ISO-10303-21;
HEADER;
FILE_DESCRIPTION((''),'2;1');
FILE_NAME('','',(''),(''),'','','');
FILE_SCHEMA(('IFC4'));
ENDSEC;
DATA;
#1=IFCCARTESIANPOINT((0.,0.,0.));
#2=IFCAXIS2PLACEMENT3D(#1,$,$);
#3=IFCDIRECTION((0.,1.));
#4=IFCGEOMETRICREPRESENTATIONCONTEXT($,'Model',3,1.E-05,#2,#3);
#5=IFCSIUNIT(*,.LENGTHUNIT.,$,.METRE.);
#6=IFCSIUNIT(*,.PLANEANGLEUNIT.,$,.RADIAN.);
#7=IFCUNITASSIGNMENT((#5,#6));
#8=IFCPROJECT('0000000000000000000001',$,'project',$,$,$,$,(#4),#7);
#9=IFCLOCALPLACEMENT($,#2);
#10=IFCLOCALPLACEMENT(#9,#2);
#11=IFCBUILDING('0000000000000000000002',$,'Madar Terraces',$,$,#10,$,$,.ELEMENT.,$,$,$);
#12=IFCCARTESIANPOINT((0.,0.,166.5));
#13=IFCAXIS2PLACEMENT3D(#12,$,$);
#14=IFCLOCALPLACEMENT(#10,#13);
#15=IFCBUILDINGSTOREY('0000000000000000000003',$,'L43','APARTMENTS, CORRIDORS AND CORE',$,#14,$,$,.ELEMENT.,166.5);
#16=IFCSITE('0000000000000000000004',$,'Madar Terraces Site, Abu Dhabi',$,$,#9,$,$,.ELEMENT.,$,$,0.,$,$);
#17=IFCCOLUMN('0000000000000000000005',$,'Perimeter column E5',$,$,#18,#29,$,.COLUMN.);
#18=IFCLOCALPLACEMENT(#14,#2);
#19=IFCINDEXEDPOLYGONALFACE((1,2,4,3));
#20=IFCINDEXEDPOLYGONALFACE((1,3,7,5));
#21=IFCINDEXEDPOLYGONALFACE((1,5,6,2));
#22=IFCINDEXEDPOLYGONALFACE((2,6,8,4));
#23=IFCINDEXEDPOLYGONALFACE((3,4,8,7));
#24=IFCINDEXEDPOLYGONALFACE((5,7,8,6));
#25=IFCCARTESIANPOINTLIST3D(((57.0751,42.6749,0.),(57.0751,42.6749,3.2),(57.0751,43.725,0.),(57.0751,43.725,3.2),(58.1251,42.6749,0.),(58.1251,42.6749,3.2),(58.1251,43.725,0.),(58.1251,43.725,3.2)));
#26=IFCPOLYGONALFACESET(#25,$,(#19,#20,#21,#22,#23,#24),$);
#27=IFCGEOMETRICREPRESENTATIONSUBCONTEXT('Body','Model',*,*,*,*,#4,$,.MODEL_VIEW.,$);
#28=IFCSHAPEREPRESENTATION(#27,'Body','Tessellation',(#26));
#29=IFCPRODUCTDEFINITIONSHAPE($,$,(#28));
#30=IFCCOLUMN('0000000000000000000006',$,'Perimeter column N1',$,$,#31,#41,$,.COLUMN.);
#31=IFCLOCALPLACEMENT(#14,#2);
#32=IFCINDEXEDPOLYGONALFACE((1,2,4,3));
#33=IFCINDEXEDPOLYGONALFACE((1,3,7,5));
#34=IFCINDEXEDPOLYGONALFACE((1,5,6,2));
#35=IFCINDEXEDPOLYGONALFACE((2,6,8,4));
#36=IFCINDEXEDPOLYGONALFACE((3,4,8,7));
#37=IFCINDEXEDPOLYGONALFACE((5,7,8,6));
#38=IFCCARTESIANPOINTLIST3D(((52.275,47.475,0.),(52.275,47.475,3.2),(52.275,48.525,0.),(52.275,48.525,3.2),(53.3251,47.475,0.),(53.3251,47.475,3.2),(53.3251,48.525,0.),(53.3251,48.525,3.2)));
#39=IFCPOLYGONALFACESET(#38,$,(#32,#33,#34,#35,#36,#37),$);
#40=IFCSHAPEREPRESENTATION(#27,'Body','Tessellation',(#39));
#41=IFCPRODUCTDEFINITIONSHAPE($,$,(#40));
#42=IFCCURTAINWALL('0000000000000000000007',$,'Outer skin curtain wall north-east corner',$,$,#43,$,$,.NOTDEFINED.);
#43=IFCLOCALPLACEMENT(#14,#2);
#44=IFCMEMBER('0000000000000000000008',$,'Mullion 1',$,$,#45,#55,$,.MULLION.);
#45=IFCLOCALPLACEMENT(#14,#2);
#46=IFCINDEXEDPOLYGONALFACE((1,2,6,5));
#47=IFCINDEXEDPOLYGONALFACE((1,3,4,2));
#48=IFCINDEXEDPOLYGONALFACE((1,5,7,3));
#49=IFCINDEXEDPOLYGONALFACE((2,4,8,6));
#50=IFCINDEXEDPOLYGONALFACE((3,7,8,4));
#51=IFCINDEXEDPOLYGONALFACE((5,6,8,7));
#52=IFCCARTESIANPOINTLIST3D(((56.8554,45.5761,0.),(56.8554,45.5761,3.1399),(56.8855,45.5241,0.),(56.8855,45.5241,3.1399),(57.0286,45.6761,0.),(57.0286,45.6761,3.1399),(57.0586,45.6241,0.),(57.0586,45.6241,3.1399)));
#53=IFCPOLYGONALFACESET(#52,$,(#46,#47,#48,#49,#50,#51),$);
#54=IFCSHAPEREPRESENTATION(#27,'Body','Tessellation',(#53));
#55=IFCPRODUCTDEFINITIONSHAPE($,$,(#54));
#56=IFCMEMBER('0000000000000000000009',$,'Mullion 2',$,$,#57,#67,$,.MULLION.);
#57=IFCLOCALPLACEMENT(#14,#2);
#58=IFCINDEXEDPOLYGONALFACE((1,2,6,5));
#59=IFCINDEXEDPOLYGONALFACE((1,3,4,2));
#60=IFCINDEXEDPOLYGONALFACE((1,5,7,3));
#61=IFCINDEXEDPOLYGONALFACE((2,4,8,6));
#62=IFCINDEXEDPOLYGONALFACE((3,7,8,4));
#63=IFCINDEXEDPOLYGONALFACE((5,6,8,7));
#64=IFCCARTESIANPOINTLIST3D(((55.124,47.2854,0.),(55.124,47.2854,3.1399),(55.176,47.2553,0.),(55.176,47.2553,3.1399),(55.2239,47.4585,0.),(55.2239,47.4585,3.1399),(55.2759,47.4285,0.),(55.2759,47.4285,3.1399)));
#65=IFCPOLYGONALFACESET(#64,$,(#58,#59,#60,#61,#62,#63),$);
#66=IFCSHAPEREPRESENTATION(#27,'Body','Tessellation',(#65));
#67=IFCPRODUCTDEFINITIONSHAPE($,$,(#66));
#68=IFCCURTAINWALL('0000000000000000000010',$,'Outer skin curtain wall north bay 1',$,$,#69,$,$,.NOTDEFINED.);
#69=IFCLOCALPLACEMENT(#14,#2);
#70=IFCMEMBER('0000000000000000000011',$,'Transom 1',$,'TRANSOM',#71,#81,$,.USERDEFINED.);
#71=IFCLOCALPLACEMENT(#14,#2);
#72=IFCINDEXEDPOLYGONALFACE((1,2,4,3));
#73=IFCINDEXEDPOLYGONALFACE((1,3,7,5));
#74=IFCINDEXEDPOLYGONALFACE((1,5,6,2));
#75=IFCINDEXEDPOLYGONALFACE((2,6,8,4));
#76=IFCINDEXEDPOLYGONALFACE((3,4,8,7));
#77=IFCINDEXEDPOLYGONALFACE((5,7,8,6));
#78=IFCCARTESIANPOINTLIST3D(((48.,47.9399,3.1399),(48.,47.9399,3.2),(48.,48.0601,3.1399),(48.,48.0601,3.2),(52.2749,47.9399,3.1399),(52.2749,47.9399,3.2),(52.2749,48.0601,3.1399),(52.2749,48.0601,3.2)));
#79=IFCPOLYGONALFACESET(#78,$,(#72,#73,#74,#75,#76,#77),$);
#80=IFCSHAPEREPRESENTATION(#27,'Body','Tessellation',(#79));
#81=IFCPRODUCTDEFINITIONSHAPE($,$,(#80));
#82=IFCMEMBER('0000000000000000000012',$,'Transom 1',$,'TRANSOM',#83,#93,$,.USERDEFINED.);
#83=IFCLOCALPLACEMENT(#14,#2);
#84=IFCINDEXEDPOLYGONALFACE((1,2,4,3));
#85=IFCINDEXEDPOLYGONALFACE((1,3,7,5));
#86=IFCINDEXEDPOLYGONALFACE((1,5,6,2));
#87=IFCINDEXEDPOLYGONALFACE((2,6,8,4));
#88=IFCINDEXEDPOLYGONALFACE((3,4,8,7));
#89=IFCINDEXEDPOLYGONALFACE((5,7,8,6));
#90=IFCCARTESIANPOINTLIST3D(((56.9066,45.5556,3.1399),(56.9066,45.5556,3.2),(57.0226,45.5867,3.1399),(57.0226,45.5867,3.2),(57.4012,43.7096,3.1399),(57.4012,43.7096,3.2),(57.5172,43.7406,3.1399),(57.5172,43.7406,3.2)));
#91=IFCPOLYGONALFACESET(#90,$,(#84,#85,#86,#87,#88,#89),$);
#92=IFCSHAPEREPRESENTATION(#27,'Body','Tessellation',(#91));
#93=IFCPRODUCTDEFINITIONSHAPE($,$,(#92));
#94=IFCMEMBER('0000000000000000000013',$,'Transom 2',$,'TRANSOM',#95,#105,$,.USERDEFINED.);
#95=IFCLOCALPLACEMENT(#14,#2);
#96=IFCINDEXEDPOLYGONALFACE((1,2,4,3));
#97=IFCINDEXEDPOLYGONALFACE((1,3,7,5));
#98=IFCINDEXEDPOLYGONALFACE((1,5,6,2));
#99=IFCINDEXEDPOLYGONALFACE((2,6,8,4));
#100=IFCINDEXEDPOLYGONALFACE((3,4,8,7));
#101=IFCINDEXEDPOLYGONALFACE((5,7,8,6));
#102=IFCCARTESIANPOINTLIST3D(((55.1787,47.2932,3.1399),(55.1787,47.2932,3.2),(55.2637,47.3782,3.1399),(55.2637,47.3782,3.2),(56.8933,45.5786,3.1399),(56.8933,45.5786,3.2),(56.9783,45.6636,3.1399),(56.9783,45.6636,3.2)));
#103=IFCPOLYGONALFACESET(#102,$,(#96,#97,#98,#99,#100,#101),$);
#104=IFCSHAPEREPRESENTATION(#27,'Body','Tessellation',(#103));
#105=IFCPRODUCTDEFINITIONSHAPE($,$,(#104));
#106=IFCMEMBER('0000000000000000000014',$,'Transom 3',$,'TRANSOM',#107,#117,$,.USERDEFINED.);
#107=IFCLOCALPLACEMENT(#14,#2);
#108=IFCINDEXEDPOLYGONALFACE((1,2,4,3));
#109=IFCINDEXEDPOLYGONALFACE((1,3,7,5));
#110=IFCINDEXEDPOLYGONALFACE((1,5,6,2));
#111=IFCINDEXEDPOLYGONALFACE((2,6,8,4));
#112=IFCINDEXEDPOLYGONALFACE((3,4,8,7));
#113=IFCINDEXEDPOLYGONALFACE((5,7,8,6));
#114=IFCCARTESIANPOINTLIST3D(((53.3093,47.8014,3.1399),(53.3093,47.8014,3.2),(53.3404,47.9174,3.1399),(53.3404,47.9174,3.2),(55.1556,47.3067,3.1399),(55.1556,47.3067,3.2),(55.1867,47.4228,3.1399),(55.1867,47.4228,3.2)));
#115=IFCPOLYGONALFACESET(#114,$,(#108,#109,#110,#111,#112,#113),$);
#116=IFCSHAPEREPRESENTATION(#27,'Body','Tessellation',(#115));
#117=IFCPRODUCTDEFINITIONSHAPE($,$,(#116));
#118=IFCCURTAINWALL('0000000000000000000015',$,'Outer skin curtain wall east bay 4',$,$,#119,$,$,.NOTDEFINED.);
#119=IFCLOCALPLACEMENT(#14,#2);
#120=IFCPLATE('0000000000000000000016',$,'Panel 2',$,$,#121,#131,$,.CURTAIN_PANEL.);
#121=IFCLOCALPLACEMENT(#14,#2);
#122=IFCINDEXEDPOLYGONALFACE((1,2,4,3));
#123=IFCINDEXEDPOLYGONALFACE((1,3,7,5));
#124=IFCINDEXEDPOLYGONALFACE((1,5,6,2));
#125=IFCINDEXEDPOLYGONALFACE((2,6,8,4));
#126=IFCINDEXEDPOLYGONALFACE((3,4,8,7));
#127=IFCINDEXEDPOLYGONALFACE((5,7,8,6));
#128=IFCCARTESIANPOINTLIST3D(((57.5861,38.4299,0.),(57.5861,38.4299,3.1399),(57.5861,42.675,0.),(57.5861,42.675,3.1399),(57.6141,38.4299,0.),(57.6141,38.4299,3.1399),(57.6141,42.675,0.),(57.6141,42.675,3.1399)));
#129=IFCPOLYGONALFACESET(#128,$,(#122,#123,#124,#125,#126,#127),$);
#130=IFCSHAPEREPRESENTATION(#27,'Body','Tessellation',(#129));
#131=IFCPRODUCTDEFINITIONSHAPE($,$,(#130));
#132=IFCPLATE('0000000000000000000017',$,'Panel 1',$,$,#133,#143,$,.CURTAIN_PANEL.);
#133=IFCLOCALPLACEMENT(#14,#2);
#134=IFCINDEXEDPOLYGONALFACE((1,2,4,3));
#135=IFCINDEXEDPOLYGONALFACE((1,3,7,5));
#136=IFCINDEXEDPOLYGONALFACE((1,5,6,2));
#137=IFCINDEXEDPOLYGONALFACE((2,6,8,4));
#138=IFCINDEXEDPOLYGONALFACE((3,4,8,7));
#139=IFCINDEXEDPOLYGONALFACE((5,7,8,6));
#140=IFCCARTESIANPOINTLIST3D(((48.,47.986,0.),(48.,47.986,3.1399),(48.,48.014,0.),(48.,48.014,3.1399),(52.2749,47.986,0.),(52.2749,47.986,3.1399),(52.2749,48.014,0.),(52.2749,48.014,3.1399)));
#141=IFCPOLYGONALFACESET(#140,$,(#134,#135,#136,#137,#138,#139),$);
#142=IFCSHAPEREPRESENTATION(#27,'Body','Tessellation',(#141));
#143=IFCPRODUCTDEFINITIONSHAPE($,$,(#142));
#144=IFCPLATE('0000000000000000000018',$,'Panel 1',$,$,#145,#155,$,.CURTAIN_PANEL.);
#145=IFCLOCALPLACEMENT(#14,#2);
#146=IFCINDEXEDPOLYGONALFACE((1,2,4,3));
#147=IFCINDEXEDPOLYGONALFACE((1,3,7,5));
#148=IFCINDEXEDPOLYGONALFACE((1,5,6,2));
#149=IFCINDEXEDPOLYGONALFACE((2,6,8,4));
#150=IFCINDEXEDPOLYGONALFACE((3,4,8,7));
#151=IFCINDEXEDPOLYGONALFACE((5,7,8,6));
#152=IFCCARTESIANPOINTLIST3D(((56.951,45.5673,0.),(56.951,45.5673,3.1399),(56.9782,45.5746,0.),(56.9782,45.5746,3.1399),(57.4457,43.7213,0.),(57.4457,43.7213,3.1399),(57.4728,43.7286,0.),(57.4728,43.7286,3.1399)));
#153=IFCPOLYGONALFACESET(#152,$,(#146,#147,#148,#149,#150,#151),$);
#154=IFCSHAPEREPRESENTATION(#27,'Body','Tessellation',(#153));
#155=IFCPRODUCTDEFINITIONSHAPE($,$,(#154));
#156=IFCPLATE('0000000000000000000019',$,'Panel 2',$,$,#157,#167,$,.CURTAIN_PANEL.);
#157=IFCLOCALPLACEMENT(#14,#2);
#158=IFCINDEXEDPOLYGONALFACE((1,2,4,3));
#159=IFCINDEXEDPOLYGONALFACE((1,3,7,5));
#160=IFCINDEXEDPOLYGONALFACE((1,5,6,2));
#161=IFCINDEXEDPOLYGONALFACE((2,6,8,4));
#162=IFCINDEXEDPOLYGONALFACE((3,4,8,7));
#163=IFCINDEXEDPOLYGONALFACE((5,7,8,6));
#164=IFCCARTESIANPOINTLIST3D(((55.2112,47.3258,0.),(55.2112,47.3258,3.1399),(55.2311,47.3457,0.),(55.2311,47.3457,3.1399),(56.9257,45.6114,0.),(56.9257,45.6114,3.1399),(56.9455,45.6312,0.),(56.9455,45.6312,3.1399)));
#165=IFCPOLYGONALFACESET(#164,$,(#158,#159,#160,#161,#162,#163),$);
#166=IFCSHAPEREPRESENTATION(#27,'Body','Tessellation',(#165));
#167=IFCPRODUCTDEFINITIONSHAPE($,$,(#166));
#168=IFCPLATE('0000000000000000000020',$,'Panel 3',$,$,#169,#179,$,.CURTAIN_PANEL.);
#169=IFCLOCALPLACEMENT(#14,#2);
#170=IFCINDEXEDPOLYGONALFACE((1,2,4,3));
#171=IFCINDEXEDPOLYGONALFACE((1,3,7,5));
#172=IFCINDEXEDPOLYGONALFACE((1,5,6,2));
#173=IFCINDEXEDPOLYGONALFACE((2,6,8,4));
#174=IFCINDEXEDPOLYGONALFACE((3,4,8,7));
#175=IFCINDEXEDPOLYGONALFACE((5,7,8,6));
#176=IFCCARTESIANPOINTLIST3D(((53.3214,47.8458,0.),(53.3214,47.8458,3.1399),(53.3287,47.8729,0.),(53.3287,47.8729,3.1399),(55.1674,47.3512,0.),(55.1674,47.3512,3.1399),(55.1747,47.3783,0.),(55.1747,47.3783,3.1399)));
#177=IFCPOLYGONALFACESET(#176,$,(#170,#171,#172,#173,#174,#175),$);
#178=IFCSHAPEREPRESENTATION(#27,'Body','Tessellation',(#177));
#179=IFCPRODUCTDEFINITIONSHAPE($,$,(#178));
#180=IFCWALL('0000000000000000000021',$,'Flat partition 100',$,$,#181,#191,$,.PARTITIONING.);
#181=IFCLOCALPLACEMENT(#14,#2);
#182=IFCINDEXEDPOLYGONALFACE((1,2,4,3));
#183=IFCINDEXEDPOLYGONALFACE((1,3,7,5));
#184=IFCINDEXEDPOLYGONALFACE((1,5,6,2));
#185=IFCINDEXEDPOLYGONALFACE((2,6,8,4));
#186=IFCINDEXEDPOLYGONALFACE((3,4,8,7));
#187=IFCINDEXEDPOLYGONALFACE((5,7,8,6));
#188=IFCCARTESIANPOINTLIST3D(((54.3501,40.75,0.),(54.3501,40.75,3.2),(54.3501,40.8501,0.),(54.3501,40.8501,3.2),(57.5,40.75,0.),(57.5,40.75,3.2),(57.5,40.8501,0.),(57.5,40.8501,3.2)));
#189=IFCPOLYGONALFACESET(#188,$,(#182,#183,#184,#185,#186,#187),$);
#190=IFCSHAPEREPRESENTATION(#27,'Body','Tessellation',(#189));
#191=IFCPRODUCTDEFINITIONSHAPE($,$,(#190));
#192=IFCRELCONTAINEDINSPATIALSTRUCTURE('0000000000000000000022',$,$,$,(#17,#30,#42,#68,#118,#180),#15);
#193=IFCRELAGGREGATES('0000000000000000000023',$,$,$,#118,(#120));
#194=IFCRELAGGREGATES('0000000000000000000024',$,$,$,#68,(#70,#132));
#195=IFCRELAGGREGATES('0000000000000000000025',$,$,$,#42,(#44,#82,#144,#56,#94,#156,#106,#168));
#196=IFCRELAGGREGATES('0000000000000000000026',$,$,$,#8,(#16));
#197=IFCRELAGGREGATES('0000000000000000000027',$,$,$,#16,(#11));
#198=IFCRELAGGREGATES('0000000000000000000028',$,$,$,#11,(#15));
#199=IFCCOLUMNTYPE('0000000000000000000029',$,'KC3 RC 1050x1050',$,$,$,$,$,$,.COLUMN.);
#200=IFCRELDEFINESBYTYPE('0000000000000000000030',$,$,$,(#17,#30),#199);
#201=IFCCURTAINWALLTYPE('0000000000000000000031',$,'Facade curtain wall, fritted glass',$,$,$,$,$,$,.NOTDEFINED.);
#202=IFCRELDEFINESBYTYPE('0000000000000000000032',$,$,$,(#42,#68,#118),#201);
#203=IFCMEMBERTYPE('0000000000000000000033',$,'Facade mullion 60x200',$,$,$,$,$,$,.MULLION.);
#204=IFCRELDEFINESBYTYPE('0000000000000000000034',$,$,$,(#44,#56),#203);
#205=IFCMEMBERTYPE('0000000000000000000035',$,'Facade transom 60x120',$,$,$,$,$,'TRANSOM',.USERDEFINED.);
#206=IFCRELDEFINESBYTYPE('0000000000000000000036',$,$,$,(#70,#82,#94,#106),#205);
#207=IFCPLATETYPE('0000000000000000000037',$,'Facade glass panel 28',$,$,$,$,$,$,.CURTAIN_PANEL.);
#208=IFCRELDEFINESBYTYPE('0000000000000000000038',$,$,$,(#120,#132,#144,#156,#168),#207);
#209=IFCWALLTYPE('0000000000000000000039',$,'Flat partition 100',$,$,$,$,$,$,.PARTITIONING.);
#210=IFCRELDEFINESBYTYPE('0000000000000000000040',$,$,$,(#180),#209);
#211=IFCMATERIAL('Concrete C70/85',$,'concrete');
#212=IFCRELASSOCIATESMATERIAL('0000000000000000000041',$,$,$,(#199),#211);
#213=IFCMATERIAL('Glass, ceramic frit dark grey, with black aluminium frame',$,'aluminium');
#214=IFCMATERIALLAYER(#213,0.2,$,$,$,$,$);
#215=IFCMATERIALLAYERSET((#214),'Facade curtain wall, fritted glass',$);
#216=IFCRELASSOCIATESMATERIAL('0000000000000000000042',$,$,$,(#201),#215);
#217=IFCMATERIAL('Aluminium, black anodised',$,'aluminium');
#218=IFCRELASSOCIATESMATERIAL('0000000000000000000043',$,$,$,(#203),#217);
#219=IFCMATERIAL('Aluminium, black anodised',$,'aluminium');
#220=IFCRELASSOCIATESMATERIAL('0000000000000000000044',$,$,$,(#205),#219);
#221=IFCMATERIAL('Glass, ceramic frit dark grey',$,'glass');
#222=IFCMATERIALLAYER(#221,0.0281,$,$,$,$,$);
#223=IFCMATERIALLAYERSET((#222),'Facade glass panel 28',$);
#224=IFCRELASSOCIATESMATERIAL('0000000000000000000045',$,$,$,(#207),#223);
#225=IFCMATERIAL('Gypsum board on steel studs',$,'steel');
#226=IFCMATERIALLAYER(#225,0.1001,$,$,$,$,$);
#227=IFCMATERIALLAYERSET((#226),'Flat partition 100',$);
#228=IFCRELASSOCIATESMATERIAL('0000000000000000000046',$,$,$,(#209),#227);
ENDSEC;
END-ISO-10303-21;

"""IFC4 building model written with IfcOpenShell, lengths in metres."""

from ifc_helpers import new_model, si_unit, direction, frame, frame_2d, origin, origin_2d, place, context, subcontext, project, spatial, rectangle, extrude, material, layer, layer_set, material_profile, profile_set, type_object, element, aggregate, save


model = new_model("IFC4")

# Units and contexts
model_context = context("Model", 3, precision=1e-05, world=origin(), true_north=direction((0.0, 1.0)))
body_context = subcontext(model_context, "Body", "Model", "MODEL_VIEW")
ifc_project = project(units=[si_unit("LENGTHUNIT", "METRE"), si_unit("PLANEANGLEUNIT", "RADIAN")], contexts=[model_context])

# Site, building, storey
site_placement = place(None, origin())
site = spatial("IfcSite", under=ifc_project, at=site_placement, Name="Madar Terraces Site, Abu Dhabi", CompositionType="ELEMENT", RefElevation=0.0)
building_placement = place(site_placement, origin())
building = spatial("IfcBuilding", under=site, at=building_placement, Name="Madar Terraces", CompositionType="ELEMENT")
storey_placement = place(building_placement, frame((0.0, 0.0, 166.5)))
storey = spatial("IfcBuildingStorey", under=building, at=storey_placement, Name="L43", Description="APARTMENTS, CORRIDORS AND CORE", CompositionType="ELEMENT", Elevation=166.5)

# Columns
ifc_material_1 = material(Name="Concrete C70/85", Category="concrete")
ifc_material_profile_1 = material_profile(ifc_material_1, rectangle(XDim=1.05, YDim=1.05, at=origin_2d()), Name="KC3 RC 1050x1050")
ifc_profile_set_1 = profile_set([ifc_material_profile_1], Name="Concrete C70/85")
column_type = type_object("IfcColumnType", Name="KC3 RC 1050x1050", PredefinedType="COLUMN", material=ifc_profile_set_1)
for number, where, z_axis, x_axis, name in (
    (1, (57.6001, 43.2, 0.0), (0.0, 0.0, 1.0), (1.0, 0.0, 0.0), "Perimeter column E5"),
    (2, (52.8, 48.0, 0.0), (0.0, 0.0, 1.0), (1.0, 0.0, 0.0), "Perimeter column N1"),
):
    element("IfcColumn", number, at=place(storey_placement, frame(where, z_axis=z_axis, x_axis=x_axis)), inside=storey, type_object=column_type, Name=name, PredefinedType="COLUMN", context=body_context, shape_type="SweptSolid", body=[
        extrude(rectangle(XDim=1.05, YDim=1.05, at=origin_2d()), origin(), (0.0, 0.0, 1.0), 3.2),
    ])

# Curtain wall, members
ifc_material_2 = material(Name="Glass, ceramic frit dark grey, with black aluminium frame", Category="aluminium")
ifc_layer_1 = layer(ifc_material_2, 0.2)
ifc_layer_set_1 = layer_set([ifc_layer_1], Name="Facade curtain wall, fritted glass")
curtain_wall_type = type_object("IfcCurtainWallType", Name="Facade curtain wall, fritted glass", PredefinedType="NOTDEFINED", material=ifc_layer_set_1)
curtain_wall_1_placement = place(storey_placement, origin())
curtain_wall_1 = element("IfcCurtainWall", 3, at=curtain_wall_1_placement, inside=storey, type_object=curtain_wall_type, Name="Outer skin curtain wall north-east corner", PredefinedType="NOTDEFINED")
ifc_material_3 = material(Name="Aluminium, black anodised", Category="aluminium")
ifc_material_profile_2 = material_profile(ifc_material_3, rectangle(XDim=0.2, YDim=0.0601, at=origin_2d()), Name="Facade mullion 60x200")
ifc_profile_set_2 = profile_set([ifc_material_profile_2], Name="Aluminium, black anodised")
member_type_1 = type_object("IfcMemberType", Name="Facade mullion 60x200", PredefinedType="MULLION", material=ifc_profile_set_2)
member_1_placement = place(storey_placement, frame((56.957, 45.6001, 0.0), z_axis=(0.0, 0.0, 1.0), x_axis=(-0.866025, -0.5, 0.0)))
member_1 = element("IfcMember", 4, at=member_1_placement, type_object=member_type_1, Name="Mullion 1", PredefinedType="MULLION", context=body_context, shape_type="SweptSolid", body=[
    extrude(rectangle(XDim=0.2, YDim=0.0601, at=origin_2d()), origin(), (0.0, 0.0, 1.0), 3.1399),
])
member_2_placement = place(storey_placement, frame((55.2, 47.3569, 0.0), z_axis=(0.0, 0.0, 1.0), x_axis=(-0.5, -0.866025, 0.0)))
member_2 = element("IfcMember", 5, at=member_2_placement, type_object=member_type_1, Name="Mullion 2", PredefinedType="MULLION", context=body_context, shape_type="SweptSolid", body=[
    extrude(rectangle(XDim=0.2, YDim=0.0601, at=origin_2d()), origin(), (0.0, 0.0, 1.0), 3.1399),
])

# Curtain wall, member
curtain_wall_2_placement = place(storey_placement, origin())
curtain_wall_2 = element("IfcCurtainWall", 6, at=curtain_wall_2_placement, inside=storey, type_object=curtain_wall_type, Name="Outer skin curtain wall north bay 1", PredefinedType="NOTDEFINED")
ifc_material_4 = material(Name="Aluminium, black anodised", Category="aluminium")
ifc_material_profile_3 = material_profile(ifc_material_4, rectangle(XDim=0.1201, YDim=0.0601, at=origin_2d()), Name="Facade transom 60x120")
ifc_profile_set_3 = profile_set([ifc_material_profile_3], Name="Aluminium, black anodised")
member_type_2 = type_object("IfcMemberType", Name="Facade transom 60x120", ElementType="TRANSOM", PredefinedType="USERDEFINED", material=ifc_profile_set_3)
member_3_placement = place(storey_placement, frame((52.2749, 48.0, 3.1699), z_axis=(-1.0, 0.0, 0.0), x_axis=(0.0, -1.0, 0.0)))
member_3 = element("IfcMember", 7, at=member_3_placement, type_object=member_type_2, Name="Transom 1", ObjectType="TRANSOM", PredefinedType="USERDEFINED", context=body_context, shape_type="SweptSolid", body=[
    extrude(rectangle(XDim=0.1201, YDim=0.0601, at=origin_2d()), origin(), (0.0, 0.0, 1.0), 4.2749),
])

# Members
member_4_placement = place(storey_placement, frame((57.4592, 43.7251, 3.1699), z_axis=(-0.258823, 0.965925, 0.0), x_axis=(-0.965925, -0.258823, 0.0)))
member_4 = element("IfcMember", 8, at=member_4_placement, type_object=member_type_2, Name="Transom 1", ObjectType="TRANSOM", PredefinedType="USERDEFINED", context=body_context, shape_type="SweptSolid", body=[
    extrude(rectangle(XDim=0.1201, YDim=0.0601, at=origin_2d()), origin(), (0.0, 0.0, 1.0), 1.9111),
])
member_5_placement = place(storey_placement, frame((56.9358, 45.6211, 3.1699), z_axis=(-0.707107, 0.707107, 0.0), x_axis=(-0.707107, -0.707107, 0.0)))
member_5 = element("IfcMember", 9, at=member_5_placement, type_object=member_type_2, Name="Transom 2", ObjectType="TRANSOM", PredefinedType="USERDEFINED", context=body_context, shape_type="SweptSolid", body=[
    extrude(rectangle(XDim=0.1201, YDim=0.0601, at=origin_2d()), origin(), (0.0, 0.0, 1.0), 2.4248),
])
member_6_placement = place(storey_placement, frame((55.1711, 47.3647, 3.1699), z_axis=(-0.965933, 0.258791, 0.0), x_axis=(-0.258791, -0.965933, 0.0)))
member_6 = element("IfcMember", 10, at=member_6_placement, type_object=member_type_2, Name="Transom 3", ObjectType="TRANSOM", PredefinedType="USERDEFINED", context=body_context, shape_type="SweptSolid", body=[
    extrude(rectangle(XDim=0.1201, YDim=0.0601, at=origin_2d()), origin(), (0.0, 0.0, 1.0), 1.9114),
])

# Curtain wall, plate
curtain_wall_3_placement = place(storey_placement, origin())
curtain_wall_3 = element("IfcCurtainWall", 11, at=curtain_wall_3_placement, inside=storey, type_object=curtain_wall_type, Name="Outer skin curtain wall east bay 4", PredefinedType="NOTDEFINED")
ifc_material_5 = material(Name="Glass, ceramic frit dark grey", Category="glass")
ifc_layer_2 = layer(ifc_material_5, 0.0281)
ifc_layer_set_2 = layer_set([ifc_layer_2], Name="Facade glass panel 28")
plate_type = type_object("IfcPlateType", Name="Facade glass panel 28", PredefinedType="CURTAIN_PANEL", material=ifc_layer_set_2)
plate_1_placement = place(storey_placement, frame((57.6001, 40.5525, 0.0), z_axis=(0.0, 0.0, 1.0), x_axis=(0.0, 1.0, 0.0)))
plate_1 = element("IfcPlate", 12, at=plate_1_placement, type_object=plate_type, Name="Panel 2", PredefinedType="CURTAIN_PANEL", context=body_context, shape_type="SweptSolid", body=[
    extrude(rectangle(XDim=4.2451, YDim=0.0281, at=origin_2d()), origin(), (0.0, 0.0, 1.0), 3.1399),
])
aggregate(curtain_wall_3, [plate_1])

# Plates
plate_2_placement = place(storey_placement, frame((50.1375, 48.0, 0.0), z_axis=(0.0, 0.0, 1.0), x_axis=(-1.0, 0.0, 0.0)))
plate_2 = element("IfcPlate", 13, at=plate_2_placement, type_object=plate_type, Name="Panel 1", PredefinedType="CURTAIN_PANEL", context=body_context, shape_type="SweptSolid", body=[
    extrude(rectangle(XDim=4.2749, YDim=0.0281, at=origin_2d()), origin(), (0.0, 0.0, 1.0), 3.1399),
])
aggregate(curtain_wall_2, [member_3, plate_2])
plate_3_placement = place(storey_placement, frame((57.2119, 44.6479, 0.0), z_axis=(0.0, 0.0, 1.0), x_axis=(-0.258819, 0.965926, 0.0)))
plate_3 = element("IfcPlate", 14, at=plate_3_placement, type_object=plate_type, Name="Panel 1", PredefinedType="CURTAIN_PANEL", context=body_context, shape_type="SweptSolid", body=[
    extrude(rectangle(XDim=1.9111, YDim=0.0281, at=origin_2d()), origin(), (0.0, 0.0, 1.0), 3.1399),
])
plate_4_placement = place(storey_placement, frame((56.0784, 46.4785, 0.0), z_axis=(0.0, 0.0, 1.0), x_axis=(-0.707107, 0.707107, 0.0)))
plate_4 = element("IfcPlate", 15, at=plate_4_placement, type_object=plate_type, Name="Panel 2", PredefinedType="CURTAIN_PANEL", context=body_context, shape_type="SweptSolid", body=[
    extrude(rectangle(XDim=2.4246, YDim=0.0281, at=origin_2d()), origin(), (0.0, 0.0, 1.0), 3.1399),
])
plate_5_placement = place(storey_placement, frame((54.248, 47.6121, 0.0), z_axis=(0.0, 0.0, 1.0), x_axis=(-0.965926, 0.258819, 0.0)))
plate_5 = element("IfcPlate", 16, at=plate_5_placement, type_object=plate_type, Name="Panel 3", PredefinedType="CURTAIN_PANEL", context=body_context, shape_type="SweptSolid", body=[
    extrude(rectangle(XDim=1.9111, YDim=0.0281, at=origin_2d()), origin(), (0.0, 0.0, 1.0), 3.1399),
])
aggregate(curtain_wall_1, [member_1, member_4, plate_3, member_2, member_5, plate_4, member_6, plate_5])

# Wall
ifc_material_6 = material(Name="Gypsum board on steel studs", Category="steel")
ifc_layer_3 = layer(ifc_material_6, 0.1001)
ifc_layer_set_3 = layer_set([ifc_layer_3], Name="Flat partition 100")
wall_type_1 = type_object("IfcWallType", Name="Flat partition 100", PredefinedType="PARTITIONING", material=ifc_layer_set_3)
wall_1_placement = place(storey_placement, frame((54.3501, 40.8, 0.0), z_axis=(0.0, 0.0, 1.0), x_axis=(1.0, 0.0, 0.0)))
element("IfcWall", 17, at=wall_1_placement, inside=storey, type_object=wall_type_1, Name="Flat partition 100", PredefinedType="PARTITIONING", context=body_context, shape_type="SweptSolid", body=[
    extrude(rectangle(XDim=3.1499, YDim=0.1001, at=frame_2d((1.575, 0.0))), origin(), (0.0, 0.0, 1.0), 3.2),
])

save(model, "model.ifc")
